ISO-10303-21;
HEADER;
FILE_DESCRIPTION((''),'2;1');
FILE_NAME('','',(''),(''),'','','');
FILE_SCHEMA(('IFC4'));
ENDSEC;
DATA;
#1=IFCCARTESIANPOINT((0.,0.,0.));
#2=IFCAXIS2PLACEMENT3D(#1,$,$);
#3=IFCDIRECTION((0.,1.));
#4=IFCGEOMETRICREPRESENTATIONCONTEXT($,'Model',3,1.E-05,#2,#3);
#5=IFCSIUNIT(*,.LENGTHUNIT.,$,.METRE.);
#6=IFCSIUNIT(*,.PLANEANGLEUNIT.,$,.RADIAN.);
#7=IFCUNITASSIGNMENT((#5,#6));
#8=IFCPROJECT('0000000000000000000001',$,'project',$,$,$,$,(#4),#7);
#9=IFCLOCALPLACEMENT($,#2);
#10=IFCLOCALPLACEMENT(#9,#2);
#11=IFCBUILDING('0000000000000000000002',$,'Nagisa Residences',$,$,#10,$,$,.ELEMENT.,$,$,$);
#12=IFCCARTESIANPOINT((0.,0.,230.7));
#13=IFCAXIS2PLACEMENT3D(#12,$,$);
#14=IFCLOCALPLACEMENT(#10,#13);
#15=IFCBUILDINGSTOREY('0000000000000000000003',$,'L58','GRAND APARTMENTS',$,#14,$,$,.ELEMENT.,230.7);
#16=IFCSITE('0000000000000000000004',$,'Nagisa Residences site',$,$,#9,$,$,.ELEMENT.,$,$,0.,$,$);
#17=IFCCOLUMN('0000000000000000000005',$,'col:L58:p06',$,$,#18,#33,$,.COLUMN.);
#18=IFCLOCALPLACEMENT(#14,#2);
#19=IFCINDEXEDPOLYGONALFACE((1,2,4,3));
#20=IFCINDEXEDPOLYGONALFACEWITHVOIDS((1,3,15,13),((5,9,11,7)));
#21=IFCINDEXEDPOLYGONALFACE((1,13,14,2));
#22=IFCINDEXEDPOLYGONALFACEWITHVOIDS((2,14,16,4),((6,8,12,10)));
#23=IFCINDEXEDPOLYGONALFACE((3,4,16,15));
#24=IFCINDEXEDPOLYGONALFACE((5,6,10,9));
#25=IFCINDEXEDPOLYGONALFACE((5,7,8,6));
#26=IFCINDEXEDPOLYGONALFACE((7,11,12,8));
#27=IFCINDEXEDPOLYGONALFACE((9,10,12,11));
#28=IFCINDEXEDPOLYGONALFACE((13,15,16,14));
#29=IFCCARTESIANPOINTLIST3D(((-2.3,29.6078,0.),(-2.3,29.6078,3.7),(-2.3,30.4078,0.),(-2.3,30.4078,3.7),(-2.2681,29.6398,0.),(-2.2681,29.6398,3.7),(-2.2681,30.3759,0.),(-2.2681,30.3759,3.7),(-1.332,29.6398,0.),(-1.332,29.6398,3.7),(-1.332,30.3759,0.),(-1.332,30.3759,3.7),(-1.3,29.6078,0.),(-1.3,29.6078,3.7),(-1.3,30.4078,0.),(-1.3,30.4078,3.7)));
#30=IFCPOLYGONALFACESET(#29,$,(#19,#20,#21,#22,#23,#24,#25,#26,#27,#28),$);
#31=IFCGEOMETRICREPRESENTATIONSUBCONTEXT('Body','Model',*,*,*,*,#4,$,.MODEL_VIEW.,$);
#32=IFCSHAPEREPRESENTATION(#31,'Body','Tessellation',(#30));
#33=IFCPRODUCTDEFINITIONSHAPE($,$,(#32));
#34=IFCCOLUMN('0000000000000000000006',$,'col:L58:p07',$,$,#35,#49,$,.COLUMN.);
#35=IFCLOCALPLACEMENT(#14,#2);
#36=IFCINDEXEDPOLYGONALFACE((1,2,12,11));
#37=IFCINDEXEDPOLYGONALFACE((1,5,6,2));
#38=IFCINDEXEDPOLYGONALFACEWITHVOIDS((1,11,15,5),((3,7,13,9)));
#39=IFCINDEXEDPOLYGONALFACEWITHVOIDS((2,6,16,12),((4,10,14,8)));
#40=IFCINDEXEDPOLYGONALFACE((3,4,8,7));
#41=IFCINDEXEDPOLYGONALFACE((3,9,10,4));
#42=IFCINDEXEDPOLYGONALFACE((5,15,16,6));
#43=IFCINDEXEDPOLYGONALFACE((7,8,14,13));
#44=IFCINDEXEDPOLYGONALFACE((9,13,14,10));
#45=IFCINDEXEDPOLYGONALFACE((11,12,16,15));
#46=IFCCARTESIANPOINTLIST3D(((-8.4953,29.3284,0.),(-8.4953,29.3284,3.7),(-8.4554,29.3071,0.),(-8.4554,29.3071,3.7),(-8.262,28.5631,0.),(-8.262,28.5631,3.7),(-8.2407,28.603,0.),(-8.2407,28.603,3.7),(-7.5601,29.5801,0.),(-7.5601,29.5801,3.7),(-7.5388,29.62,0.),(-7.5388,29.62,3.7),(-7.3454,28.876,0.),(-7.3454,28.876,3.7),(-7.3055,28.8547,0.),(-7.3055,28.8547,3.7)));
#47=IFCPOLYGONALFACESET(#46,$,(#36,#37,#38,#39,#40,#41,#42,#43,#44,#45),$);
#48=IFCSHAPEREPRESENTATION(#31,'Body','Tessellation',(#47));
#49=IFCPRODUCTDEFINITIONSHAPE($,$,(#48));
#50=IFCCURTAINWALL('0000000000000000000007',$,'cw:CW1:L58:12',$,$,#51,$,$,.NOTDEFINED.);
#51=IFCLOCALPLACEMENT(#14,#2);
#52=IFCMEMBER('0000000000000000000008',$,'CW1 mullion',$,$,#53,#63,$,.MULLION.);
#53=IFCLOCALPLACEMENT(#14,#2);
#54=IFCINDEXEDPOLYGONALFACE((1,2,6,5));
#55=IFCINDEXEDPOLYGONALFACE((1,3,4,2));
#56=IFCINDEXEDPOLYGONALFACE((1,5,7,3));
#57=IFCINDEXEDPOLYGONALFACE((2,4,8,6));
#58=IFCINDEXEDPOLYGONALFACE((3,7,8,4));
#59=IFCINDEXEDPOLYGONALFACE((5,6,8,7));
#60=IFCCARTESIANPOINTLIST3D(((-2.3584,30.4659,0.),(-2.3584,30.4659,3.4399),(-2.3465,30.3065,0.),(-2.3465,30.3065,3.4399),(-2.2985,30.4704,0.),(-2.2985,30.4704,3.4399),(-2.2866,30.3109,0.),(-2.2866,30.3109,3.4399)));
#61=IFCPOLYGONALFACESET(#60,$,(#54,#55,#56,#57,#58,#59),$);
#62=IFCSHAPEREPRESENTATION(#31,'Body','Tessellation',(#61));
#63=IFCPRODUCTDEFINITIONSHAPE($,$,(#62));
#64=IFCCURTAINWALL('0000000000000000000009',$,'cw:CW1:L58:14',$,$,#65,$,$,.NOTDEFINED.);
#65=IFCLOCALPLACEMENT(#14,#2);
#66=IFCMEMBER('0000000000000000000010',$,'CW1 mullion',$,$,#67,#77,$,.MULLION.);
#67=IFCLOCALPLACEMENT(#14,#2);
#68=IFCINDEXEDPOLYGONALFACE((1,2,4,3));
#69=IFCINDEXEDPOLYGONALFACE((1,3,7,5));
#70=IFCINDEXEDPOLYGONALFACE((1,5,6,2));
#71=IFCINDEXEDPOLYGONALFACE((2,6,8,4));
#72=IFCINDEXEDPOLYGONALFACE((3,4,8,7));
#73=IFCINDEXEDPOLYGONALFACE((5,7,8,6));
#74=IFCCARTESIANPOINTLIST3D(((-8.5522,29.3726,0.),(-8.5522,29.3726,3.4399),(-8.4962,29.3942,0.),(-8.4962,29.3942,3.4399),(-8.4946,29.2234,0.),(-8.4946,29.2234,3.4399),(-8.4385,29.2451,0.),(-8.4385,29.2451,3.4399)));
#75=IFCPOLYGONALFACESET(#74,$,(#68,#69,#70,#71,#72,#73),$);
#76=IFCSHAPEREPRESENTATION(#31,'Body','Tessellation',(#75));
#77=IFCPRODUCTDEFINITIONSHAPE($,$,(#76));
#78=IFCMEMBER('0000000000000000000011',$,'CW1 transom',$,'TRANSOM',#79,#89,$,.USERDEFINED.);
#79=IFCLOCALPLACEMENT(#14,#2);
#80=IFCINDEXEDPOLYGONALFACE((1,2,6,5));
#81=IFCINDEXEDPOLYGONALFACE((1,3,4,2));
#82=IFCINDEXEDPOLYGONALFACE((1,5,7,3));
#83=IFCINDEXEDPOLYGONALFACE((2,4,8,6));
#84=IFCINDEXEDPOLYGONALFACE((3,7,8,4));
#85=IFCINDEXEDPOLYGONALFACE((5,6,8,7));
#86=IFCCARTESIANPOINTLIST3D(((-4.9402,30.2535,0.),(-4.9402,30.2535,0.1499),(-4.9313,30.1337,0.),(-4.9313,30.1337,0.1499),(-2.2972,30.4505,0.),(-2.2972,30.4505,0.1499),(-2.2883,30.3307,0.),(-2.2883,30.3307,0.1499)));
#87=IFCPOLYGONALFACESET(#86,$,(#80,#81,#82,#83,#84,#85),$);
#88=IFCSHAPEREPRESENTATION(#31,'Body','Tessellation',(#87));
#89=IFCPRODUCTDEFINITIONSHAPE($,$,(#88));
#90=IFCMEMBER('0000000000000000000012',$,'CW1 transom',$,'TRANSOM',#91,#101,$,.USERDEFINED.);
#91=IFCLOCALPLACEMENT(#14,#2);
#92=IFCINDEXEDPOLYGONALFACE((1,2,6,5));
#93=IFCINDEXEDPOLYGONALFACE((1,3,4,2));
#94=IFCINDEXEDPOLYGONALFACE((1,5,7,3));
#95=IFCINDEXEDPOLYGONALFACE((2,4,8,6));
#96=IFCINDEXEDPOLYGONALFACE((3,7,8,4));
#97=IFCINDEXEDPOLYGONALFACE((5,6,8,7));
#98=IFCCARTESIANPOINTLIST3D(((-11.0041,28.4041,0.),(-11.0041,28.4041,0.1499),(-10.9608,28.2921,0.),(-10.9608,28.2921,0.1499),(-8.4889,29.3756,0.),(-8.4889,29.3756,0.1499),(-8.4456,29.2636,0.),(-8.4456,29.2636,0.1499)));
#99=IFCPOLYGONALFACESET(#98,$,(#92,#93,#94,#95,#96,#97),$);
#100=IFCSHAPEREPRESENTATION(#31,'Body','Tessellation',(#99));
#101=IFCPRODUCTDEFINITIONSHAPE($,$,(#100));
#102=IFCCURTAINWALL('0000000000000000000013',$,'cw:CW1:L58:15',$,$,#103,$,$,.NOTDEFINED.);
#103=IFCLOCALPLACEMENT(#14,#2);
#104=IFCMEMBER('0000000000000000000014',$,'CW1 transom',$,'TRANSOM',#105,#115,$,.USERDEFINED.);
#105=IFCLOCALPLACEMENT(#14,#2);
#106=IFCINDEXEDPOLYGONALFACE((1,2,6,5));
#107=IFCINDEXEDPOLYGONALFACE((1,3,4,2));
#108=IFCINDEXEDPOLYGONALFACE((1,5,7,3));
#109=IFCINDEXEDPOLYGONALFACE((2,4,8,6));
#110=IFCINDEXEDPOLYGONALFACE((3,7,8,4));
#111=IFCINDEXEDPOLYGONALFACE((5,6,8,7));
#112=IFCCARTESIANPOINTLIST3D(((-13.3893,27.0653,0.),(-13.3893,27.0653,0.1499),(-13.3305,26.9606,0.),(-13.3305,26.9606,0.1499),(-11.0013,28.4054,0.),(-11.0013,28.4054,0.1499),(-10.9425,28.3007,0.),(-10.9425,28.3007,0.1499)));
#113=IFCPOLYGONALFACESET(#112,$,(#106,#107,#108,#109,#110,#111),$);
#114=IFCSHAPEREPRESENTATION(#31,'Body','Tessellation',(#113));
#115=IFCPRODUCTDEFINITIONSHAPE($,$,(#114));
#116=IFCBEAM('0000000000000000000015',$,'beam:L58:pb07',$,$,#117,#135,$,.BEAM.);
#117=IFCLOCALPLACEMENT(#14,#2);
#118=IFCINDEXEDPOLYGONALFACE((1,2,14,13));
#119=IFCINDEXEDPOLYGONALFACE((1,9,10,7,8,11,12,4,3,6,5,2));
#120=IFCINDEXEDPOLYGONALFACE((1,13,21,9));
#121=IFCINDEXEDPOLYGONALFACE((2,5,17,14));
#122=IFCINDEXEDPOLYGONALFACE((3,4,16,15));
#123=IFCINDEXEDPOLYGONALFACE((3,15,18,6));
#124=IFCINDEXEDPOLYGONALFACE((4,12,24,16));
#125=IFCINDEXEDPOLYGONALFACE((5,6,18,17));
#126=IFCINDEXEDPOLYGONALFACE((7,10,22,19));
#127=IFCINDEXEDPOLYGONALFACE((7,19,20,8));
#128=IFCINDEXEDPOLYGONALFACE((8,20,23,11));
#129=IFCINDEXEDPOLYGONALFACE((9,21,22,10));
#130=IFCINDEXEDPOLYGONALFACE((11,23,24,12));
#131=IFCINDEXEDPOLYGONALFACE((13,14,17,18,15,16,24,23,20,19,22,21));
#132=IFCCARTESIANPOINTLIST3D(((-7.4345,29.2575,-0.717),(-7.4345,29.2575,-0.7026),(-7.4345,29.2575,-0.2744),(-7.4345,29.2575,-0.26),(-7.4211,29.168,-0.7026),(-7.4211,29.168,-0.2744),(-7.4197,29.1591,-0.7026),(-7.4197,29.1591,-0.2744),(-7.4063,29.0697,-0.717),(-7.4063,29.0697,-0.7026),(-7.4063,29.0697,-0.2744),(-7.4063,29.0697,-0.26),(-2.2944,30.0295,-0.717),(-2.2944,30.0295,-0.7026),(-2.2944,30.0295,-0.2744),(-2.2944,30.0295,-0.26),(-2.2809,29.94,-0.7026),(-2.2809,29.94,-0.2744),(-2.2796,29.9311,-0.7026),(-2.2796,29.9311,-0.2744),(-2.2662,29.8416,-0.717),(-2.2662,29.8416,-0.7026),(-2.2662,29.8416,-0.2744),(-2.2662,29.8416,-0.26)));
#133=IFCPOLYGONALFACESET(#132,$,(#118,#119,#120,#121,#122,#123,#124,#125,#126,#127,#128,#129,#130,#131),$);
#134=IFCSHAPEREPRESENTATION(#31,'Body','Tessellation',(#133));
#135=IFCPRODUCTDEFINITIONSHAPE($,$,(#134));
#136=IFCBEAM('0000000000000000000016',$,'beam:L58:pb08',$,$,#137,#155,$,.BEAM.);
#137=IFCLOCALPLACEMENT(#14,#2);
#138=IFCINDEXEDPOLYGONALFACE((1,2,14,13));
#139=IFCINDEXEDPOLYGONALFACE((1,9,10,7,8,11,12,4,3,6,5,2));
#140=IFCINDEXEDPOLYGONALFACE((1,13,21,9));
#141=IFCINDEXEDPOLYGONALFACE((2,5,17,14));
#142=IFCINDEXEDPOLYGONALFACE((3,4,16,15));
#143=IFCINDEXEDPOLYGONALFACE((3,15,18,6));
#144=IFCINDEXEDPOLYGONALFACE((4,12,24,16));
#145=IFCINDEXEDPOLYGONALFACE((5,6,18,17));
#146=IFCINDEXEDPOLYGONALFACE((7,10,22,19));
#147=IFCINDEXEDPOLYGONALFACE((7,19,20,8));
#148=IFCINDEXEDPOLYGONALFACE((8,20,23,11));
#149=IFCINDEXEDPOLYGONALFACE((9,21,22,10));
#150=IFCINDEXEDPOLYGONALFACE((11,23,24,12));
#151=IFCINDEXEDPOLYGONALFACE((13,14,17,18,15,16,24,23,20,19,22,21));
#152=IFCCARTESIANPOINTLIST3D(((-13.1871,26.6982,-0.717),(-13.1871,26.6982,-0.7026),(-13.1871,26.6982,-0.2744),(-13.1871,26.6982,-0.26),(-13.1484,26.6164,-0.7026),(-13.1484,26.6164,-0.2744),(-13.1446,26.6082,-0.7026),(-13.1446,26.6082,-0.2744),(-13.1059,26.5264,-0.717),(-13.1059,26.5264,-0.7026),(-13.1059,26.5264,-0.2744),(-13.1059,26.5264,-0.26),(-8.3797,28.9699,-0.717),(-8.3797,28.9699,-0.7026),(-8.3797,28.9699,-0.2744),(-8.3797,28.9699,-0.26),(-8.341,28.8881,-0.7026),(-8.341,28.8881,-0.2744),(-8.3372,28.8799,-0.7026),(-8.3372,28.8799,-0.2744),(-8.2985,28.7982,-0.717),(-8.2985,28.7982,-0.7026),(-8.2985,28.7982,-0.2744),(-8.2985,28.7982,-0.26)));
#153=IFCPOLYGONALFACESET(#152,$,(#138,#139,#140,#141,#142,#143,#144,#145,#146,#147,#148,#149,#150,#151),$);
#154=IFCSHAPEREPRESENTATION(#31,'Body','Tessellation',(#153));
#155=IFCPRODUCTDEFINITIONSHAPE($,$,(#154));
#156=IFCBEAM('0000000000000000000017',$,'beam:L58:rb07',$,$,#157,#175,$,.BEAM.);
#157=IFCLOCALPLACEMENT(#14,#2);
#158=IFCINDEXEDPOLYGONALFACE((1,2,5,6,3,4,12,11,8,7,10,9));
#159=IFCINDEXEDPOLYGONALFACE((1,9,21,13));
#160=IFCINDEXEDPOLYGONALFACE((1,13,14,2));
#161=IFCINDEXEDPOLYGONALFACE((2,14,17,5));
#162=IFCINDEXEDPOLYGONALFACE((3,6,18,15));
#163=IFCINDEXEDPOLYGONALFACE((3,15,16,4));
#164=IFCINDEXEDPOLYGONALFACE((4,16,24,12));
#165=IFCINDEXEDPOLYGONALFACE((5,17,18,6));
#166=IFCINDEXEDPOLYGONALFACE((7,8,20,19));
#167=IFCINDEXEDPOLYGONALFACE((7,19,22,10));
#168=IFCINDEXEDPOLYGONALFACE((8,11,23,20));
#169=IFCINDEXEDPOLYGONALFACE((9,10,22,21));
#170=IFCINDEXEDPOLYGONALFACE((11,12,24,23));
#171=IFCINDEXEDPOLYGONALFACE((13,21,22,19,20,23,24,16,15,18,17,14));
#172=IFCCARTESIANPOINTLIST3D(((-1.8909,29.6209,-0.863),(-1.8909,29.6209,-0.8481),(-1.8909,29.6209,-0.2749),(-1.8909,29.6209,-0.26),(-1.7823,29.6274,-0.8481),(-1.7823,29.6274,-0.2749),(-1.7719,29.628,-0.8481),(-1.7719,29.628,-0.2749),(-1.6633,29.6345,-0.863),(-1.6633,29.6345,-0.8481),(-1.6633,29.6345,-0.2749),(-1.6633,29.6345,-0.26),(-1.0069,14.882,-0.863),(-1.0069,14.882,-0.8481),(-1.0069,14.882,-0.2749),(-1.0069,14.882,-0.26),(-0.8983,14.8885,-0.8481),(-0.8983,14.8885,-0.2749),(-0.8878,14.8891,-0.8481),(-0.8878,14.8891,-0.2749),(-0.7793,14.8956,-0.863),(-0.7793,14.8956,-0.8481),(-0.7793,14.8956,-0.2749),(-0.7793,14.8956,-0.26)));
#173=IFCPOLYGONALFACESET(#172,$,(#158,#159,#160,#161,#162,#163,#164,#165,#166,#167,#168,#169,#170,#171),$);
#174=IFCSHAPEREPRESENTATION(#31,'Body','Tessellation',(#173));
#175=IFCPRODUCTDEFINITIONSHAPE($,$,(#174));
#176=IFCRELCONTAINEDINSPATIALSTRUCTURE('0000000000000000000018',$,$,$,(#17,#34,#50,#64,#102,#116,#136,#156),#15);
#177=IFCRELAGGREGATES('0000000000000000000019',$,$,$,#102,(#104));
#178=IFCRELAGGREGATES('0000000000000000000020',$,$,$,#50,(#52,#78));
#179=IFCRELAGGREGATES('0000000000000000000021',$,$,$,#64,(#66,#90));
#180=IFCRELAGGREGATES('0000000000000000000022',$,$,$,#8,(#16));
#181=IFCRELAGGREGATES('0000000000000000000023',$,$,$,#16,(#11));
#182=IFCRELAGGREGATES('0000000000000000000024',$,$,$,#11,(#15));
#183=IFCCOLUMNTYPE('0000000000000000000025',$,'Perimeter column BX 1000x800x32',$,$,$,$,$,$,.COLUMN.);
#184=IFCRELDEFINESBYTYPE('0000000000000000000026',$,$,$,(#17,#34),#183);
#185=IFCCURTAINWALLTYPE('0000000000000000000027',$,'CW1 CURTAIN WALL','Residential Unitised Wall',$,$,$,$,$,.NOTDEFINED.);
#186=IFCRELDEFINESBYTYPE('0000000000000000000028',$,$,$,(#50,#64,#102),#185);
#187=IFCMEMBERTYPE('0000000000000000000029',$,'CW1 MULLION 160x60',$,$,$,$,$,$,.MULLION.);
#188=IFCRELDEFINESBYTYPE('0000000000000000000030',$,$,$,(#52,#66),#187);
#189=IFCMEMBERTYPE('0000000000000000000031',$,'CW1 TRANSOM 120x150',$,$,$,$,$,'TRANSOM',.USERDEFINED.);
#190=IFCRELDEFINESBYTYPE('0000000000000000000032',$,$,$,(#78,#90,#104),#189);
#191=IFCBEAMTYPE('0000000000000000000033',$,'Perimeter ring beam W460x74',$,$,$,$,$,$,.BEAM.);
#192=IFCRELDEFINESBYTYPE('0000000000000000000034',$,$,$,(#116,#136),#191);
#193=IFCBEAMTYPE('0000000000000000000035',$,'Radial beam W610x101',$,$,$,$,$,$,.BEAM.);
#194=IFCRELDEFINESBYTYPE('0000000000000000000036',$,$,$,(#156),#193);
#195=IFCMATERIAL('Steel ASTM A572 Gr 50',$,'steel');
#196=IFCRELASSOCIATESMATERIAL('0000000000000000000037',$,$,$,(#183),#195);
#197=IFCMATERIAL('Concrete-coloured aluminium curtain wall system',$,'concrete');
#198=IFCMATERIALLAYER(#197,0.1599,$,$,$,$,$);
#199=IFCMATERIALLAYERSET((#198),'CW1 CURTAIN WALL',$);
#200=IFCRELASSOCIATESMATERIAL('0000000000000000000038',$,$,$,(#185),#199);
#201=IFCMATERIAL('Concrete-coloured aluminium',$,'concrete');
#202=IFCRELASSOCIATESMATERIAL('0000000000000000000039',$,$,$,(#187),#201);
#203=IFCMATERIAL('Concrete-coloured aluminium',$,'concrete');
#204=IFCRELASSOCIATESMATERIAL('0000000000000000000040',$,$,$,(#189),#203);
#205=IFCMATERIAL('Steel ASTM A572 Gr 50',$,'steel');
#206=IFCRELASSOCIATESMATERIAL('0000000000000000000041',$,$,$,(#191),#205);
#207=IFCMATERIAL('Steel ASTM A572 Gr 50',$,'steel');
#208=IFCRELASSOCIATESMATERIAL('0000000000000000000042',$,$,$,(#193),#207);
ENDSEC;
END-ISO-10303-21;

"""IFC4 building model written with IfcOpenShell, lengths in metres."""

from ifc_helpers import new_model, si_unit, direction, frame, origin, origin_2d, place, context, subcontext, project, spatial, rectangle, hollow_rectangle, i_section, extrude, material, layer, layer_set, material_profile, profile_set, type_object, element, aggregate, save


model = new_model("IFC4")

# Units and contexts
model_context = context("Model", 3, precision=1e-05, world=origin(), true_north=direction((0.0, 1.0)))
body_context = subcontext(model_context, "Body", "Model", "MODEL_VIEW")
ifc_project = project(units=[si_unit("LENGTHUNIT", "METRE"), si_unit("PLANEANGLEUNIT", "RADIAN")], contexts=[model_context])

# Site, building, storey
site_placement = place(None, origin())
site = spatial("IfcSite", under=ifc_project, at=site_placement, Name="Nagisa Residences site", CompositionType="ELEMENT", RefElevation=0.0)
building_placement = place(site_placement, origin())
building = spatial("IfcBuilding", under=site, at=building_placement, Name="Nagisa Residences", CompositionType="ELEMENT")
storey_placement = place(building_placement, frame((0.0, 0.0, 230.7)))
storey = spatial("IfcBuildingStorey", under=building, at=storey_placement, Name="L58", Description="GRAND APARTMENTS", CompositionType="ELEMENT", Elevation=230.7)

# Columns
ifc_material_1 = material(Name="Steel ASTM A572 Gr 50", Category="steel")
ifc_material_profile_1 = material_profile(ifc_material_1, hollow_rectangle(XDim=1.0, YDim=0.8, WallThickness=0.032, at=origin_2d()), Name="BX 1000x800x32")
ifc_profile_set_1 = profile_set([ifc_material_profile_1], Name="Steel ASTM A572 Gr 50")
column_type = type_object("IfcColumnType", Name="Perimeter column BX 1000x800x32", PredefinedType="COLUMN", material=ifc_profile_set_1)
for number, where, z_axis, x_axis, name in (
    (1, (-1.8, 30.0078, 0.0), (0.0, 0.0, 1.0), (-1.0, 0.0, 0.0), "col:L58:p06"),
    (2, (-7.9004, 29.0916, 0.0), (0.0, 0.0, 1.0), (-0.956525, -0.291652, 0.0), "col:L58:p07"),
):
    element("IfcColumn", number, at=place(storey_placement, frame(where, z_axis=z_axis, x_axis=x_axis)), inside=storey, type_object=column_type, Name=name, PredefinedType="COLUMN", context=body_context, shape_type="SweptSolid", body=[
        extrude(hollow_rectangle(XDim=1.0, YDim=0.8, WallThickness=0.032, at=origin_2d()), origin(), (0.0, 0.0, 1.0), 3.7),
    ])

# Curtain walls, members
ifc_material_2 = material(Name="Concrete-coloured aluminium curtain wall system", Category="concrete")
ifc_layer_1 = layer(ifc_material_2, 0.1599)
ifc_layer_set_1 = layer_set([ifc_layer_1], Name="CW1 CURTAIN WALL")
curtain_wall_type = type_object("IfcCurtainWallType", Name="CW1 CURTAIN WALL", Description="Residential Unitised Wall", PredefinedType="NOTDEFINED", material=ifc_layer_set_1)
curtain_wall_1_placement = place(storey_placement, origin())
curtain_wall_1 = element("IfcCurtainWall", 3, at=curtain_wall_1_placement, inside=storey, type_object=curtain_wall_type, Name="cw:CW1:L58:12", PredefinedType="NOTDEFINED")
ifc_material_3 = material(Name="Concrete-coloured aluminium", Category="concrete")
ifc_material_profile_2 = material_profile(ifc_material_3, rectangle(XDim=0.1599, YDim=0.0601, at=origin_2d()), Name="CW1 MULLION 160x60")
ifc_profile_set_2 = profile_set([ifc_material_profile_2], Name="Concrete-coloured aluminium")
member_type_1 = type_object("IfcMemberType", Name="CW1 MULLION 160x60", PredefinedType="MULLION", material=ifc_profile_set_2)
member_1_placement = place(storey_placement, frame((-2.3225, 30.3884, 0.0), z_axis=(0.0, 0.0, 1.0), x_axis=(0.074377, -0.99723, 0.0)))
member_1 = element("IfcMember", 4, at=member_1_placement, type_object=member_type_1, Name="CW1 mullion", PredefinedType="MULLION", context=body_context, shape_type="SweptSolid", body=[
    extrude(rectangle(XDim=0.1599, YDim=0.0601, at=origin_2d()), origin(), (0.0, 0.0, 1.0), 3.4399),
])
curtain_wall_2_placement = place(storey_placement, origin())
curtain_wall_2 = element("IfcCurtainWall", 5, at=curtain_wall_2_placement, inside=storey, type_object=curtain_wall_type, Name="cw:CW1:L58:14", PredefinedType="NOTDEFINED")
member_2_placement = place(storey_placement, frame((-8.4954, 29.3088, 0.0), z_axis=(0.0, 0.0, 1.0), x_axis=(0.360328, -0.932826, 0.0)))
member_2 = element("IfcMember", 6, at=member_2_placement, type_object=member_type_1, Name="CW1 mullion", PredefinedType="MULLION", context=body_context, shape_type="SweptSolid", body=[
    extrude(rectangle(XDim=0.1599, YDim=0.0601, at=origin_2d()), origin(), (0.0, 0.0, 1.0), 3.4399),
])

# Members
ifc_material_4 = material(Name="Concrete-coloured aluminium", Category="concrete")
ifc_material_profile_3 = material_profile(ifc_material_4, rectangle(XDim=0.1201, YDim=0.1499, at=origin_2d()), Name="CW1 TRANSOM 120x150")
ifc_profile_set_3 = profile_set([ifc_material_profile_3], Name="Concrete-coloured aluminium")
member_type_2 = type_object("IfcMemberType", Name="CW1 TRANSOM 120x150", ElementType="TRANSOM", PredefinedType="USERDEFINED", material=ifc_profile_set_3)
member_3_placement = place(storey_placement, frame((-2.2927, 30.3906, 0.075), z_axis=(-0.997233, -0.074337, 0.0), x_axis=(0.074337, -0.997233, 0.0)))
member_3 = element("IfcMember", 7, at=member_3_placement, type_object=member_type_2, Name="CW1 transom", ObjectType="TRANSOM", PredefinedType="USERDEFINED", context=body_context, shape_type="SweptSolid", body=[
    extrude(rectangle(XDim=0.1201, YDim=0.1499, at=origin_2d()), origin(), (0.0, 0.0, 1.0), 2.6504),
])
member_4_placement = place(storey_placement, frame((-8.4673, 29.3196, 0.075), z_axis=(-0.932838, -0.360295, 0.0), x_axis=(0.360295, -0.932838, 0.0)))
member_4 = element("IfcMember", 8, at=member_4_placement, type_object=member_type_2, Name="CW1 transom", ObjectType="TRANSOM", PredefinedType="USERDEFINED", context=body_context, shape_type="SweptSolid", body=[
    extrude(rectangle(XDim=0.1201, YDim=0.1499, at=origin_2d()), origin(), (0.0, 0.0, 1.0), 2.6963),
])

# Curtain wall, member
curtain_wall_3_placement = place(storey_placement, origin())
curtain_wall_3 = element("IfcCurtainWall", 9, at=curtain_wall_3_placement, inside=storey, type_object=curtain_wall_type, Name="cw:CW1:L58:15", PredefinedType="NOTDEFINED")
member_5_placement = place(storey_placement, frame((-10.9719, 28.353, 0.075), z_axis=(-0.872063, -0.489393, 0.0), x_axis=(0.489393, -0.872063, 0.0)))
member_5 = element("IfcMember", 10, at=member_5_placement, type_object=member_type_2, Name="CW1 transom", ObjectType="TRANSOM", PredefinedType="USERDEFINED", context=body_context, shape_type="SweptSolid", body=[
    extrude(rectangle(XDim=0.1201, YDim=0.1499, at=origin_2d()), origin(), (0.0, 0.0, 1.0), 2.7383),
])
aggregate(curtain_wall_3, [member_5])

# Beams
ifc_material_5 = material(Name="Steel ASTM A572 Gr 50", Category="steel")
ifc_material_profile_4 = material_profile(ifc_material_5, i_section(OverallWidth=0.1899, OverallDepth=0.457, WebThickness=0.009, FlangeThickness=0.0144, at=origin_2d()), Name="W460x74")
ifc_profile_set_4 = profile_set([ifc_material_profile_4], Name="Steel ASTM A572 Gr 50")
beam_type_1 = type_object("IfcBeamType", Name="Perimeter ring beam W460x74", PredefinedType="BEAM", material=ifc_profile_set_4)
beam_1_placement = place(storey_placement, frame((-2.2803, 29.9355, -0.4885), z_axis=(-0.988909, -0.14852, 0.0), x_axis=(0.14852, -0.988909, 0.0)))
element("IfcBeam", 11, at=beam_1_placement, inside=storey, type_object=beam_type_1, Name="beam:L58:pb07", PredefinedType="BEAM", context=body_context, shape_type="SweptSolid", body=[
    extrude(i_section(OverallWidth=0.1899, OverallDepth=0.457, WebThickness=0.009, FlangeThickness=0.0144, at=origin_2d()), origin(), (0.0, 0.0, 1.0), 5.1978),
])
beam_2_placement = place(storey_placement, frame((-8.3391, 28.884, -0.4885), z_axis=(-0.904134, -0.427249, 0.0), x_axis=(0.427249, -0.904134, 0.0)))
element("IfcBeam", 12, at=beam_2_placement, inside=storey, type_object=beam_type_1, Name="beam:L58:pb08", PredefinedType="BEAM", context=body_context, shape_type="SweptSolid", body=[
    extrude(i_section(OverallWidth=0.1899, OverallDepth=0.457, WebThickness=0.009, FlangeThickness=0.0144, at=origin_2d()), origin(), (0.0, 0.0, 1.0), 5.3171),
])
ifc_material_6 = material(Name="Steel ASTM A572 Gr 50", Category="steel")
ifc_material_profile_5 = material_profile(ifc_material_6, i_section(OverallWidth=0.228, OverallDepth=0.603, WebThickness=0.0105, FlangeThickness=0.0149, at=origin_2d()), Name="W610x101")
ifc_profile_set_5 = profile_set([ifc_material_profile_5], Name="Steel ASTM A572 Gr 50")
beam_type_2 = type_object("IfcBeamType", Name="Radial beam W610x101", PredefinedType="BEAM", material=ifc_profile_set_5)
beam_3_placement = place(storey_placement, frame((-1.7771, 29.6277, -0.5615), z_axis=(0.059872, -0.998206, 0.0), x_axis=(0.998206, 0.059872, 0.0)))
element("IfcBeam", 13, at=beam_3_placement, inside=storey, type_object=beam_type_2, Name="beam:L58:rb07", PredefinedType="BEAM", context=body_context, shape_type="SweptSolid", body=[
    extrude(i_section(OverallWidth=0.228, OverallDepth=0.603, WebThickness=0.0105, FlangeThickness=0.0149, at=origin_2d()), origin(), (0.0, 0.0, 1.0), 14.7654),
])

aggregate(curtain_wall_1, [member_1, member_3])
aggregate(curtain_wall_2, [member_2, member_4])

save(model, "model.ifc")
